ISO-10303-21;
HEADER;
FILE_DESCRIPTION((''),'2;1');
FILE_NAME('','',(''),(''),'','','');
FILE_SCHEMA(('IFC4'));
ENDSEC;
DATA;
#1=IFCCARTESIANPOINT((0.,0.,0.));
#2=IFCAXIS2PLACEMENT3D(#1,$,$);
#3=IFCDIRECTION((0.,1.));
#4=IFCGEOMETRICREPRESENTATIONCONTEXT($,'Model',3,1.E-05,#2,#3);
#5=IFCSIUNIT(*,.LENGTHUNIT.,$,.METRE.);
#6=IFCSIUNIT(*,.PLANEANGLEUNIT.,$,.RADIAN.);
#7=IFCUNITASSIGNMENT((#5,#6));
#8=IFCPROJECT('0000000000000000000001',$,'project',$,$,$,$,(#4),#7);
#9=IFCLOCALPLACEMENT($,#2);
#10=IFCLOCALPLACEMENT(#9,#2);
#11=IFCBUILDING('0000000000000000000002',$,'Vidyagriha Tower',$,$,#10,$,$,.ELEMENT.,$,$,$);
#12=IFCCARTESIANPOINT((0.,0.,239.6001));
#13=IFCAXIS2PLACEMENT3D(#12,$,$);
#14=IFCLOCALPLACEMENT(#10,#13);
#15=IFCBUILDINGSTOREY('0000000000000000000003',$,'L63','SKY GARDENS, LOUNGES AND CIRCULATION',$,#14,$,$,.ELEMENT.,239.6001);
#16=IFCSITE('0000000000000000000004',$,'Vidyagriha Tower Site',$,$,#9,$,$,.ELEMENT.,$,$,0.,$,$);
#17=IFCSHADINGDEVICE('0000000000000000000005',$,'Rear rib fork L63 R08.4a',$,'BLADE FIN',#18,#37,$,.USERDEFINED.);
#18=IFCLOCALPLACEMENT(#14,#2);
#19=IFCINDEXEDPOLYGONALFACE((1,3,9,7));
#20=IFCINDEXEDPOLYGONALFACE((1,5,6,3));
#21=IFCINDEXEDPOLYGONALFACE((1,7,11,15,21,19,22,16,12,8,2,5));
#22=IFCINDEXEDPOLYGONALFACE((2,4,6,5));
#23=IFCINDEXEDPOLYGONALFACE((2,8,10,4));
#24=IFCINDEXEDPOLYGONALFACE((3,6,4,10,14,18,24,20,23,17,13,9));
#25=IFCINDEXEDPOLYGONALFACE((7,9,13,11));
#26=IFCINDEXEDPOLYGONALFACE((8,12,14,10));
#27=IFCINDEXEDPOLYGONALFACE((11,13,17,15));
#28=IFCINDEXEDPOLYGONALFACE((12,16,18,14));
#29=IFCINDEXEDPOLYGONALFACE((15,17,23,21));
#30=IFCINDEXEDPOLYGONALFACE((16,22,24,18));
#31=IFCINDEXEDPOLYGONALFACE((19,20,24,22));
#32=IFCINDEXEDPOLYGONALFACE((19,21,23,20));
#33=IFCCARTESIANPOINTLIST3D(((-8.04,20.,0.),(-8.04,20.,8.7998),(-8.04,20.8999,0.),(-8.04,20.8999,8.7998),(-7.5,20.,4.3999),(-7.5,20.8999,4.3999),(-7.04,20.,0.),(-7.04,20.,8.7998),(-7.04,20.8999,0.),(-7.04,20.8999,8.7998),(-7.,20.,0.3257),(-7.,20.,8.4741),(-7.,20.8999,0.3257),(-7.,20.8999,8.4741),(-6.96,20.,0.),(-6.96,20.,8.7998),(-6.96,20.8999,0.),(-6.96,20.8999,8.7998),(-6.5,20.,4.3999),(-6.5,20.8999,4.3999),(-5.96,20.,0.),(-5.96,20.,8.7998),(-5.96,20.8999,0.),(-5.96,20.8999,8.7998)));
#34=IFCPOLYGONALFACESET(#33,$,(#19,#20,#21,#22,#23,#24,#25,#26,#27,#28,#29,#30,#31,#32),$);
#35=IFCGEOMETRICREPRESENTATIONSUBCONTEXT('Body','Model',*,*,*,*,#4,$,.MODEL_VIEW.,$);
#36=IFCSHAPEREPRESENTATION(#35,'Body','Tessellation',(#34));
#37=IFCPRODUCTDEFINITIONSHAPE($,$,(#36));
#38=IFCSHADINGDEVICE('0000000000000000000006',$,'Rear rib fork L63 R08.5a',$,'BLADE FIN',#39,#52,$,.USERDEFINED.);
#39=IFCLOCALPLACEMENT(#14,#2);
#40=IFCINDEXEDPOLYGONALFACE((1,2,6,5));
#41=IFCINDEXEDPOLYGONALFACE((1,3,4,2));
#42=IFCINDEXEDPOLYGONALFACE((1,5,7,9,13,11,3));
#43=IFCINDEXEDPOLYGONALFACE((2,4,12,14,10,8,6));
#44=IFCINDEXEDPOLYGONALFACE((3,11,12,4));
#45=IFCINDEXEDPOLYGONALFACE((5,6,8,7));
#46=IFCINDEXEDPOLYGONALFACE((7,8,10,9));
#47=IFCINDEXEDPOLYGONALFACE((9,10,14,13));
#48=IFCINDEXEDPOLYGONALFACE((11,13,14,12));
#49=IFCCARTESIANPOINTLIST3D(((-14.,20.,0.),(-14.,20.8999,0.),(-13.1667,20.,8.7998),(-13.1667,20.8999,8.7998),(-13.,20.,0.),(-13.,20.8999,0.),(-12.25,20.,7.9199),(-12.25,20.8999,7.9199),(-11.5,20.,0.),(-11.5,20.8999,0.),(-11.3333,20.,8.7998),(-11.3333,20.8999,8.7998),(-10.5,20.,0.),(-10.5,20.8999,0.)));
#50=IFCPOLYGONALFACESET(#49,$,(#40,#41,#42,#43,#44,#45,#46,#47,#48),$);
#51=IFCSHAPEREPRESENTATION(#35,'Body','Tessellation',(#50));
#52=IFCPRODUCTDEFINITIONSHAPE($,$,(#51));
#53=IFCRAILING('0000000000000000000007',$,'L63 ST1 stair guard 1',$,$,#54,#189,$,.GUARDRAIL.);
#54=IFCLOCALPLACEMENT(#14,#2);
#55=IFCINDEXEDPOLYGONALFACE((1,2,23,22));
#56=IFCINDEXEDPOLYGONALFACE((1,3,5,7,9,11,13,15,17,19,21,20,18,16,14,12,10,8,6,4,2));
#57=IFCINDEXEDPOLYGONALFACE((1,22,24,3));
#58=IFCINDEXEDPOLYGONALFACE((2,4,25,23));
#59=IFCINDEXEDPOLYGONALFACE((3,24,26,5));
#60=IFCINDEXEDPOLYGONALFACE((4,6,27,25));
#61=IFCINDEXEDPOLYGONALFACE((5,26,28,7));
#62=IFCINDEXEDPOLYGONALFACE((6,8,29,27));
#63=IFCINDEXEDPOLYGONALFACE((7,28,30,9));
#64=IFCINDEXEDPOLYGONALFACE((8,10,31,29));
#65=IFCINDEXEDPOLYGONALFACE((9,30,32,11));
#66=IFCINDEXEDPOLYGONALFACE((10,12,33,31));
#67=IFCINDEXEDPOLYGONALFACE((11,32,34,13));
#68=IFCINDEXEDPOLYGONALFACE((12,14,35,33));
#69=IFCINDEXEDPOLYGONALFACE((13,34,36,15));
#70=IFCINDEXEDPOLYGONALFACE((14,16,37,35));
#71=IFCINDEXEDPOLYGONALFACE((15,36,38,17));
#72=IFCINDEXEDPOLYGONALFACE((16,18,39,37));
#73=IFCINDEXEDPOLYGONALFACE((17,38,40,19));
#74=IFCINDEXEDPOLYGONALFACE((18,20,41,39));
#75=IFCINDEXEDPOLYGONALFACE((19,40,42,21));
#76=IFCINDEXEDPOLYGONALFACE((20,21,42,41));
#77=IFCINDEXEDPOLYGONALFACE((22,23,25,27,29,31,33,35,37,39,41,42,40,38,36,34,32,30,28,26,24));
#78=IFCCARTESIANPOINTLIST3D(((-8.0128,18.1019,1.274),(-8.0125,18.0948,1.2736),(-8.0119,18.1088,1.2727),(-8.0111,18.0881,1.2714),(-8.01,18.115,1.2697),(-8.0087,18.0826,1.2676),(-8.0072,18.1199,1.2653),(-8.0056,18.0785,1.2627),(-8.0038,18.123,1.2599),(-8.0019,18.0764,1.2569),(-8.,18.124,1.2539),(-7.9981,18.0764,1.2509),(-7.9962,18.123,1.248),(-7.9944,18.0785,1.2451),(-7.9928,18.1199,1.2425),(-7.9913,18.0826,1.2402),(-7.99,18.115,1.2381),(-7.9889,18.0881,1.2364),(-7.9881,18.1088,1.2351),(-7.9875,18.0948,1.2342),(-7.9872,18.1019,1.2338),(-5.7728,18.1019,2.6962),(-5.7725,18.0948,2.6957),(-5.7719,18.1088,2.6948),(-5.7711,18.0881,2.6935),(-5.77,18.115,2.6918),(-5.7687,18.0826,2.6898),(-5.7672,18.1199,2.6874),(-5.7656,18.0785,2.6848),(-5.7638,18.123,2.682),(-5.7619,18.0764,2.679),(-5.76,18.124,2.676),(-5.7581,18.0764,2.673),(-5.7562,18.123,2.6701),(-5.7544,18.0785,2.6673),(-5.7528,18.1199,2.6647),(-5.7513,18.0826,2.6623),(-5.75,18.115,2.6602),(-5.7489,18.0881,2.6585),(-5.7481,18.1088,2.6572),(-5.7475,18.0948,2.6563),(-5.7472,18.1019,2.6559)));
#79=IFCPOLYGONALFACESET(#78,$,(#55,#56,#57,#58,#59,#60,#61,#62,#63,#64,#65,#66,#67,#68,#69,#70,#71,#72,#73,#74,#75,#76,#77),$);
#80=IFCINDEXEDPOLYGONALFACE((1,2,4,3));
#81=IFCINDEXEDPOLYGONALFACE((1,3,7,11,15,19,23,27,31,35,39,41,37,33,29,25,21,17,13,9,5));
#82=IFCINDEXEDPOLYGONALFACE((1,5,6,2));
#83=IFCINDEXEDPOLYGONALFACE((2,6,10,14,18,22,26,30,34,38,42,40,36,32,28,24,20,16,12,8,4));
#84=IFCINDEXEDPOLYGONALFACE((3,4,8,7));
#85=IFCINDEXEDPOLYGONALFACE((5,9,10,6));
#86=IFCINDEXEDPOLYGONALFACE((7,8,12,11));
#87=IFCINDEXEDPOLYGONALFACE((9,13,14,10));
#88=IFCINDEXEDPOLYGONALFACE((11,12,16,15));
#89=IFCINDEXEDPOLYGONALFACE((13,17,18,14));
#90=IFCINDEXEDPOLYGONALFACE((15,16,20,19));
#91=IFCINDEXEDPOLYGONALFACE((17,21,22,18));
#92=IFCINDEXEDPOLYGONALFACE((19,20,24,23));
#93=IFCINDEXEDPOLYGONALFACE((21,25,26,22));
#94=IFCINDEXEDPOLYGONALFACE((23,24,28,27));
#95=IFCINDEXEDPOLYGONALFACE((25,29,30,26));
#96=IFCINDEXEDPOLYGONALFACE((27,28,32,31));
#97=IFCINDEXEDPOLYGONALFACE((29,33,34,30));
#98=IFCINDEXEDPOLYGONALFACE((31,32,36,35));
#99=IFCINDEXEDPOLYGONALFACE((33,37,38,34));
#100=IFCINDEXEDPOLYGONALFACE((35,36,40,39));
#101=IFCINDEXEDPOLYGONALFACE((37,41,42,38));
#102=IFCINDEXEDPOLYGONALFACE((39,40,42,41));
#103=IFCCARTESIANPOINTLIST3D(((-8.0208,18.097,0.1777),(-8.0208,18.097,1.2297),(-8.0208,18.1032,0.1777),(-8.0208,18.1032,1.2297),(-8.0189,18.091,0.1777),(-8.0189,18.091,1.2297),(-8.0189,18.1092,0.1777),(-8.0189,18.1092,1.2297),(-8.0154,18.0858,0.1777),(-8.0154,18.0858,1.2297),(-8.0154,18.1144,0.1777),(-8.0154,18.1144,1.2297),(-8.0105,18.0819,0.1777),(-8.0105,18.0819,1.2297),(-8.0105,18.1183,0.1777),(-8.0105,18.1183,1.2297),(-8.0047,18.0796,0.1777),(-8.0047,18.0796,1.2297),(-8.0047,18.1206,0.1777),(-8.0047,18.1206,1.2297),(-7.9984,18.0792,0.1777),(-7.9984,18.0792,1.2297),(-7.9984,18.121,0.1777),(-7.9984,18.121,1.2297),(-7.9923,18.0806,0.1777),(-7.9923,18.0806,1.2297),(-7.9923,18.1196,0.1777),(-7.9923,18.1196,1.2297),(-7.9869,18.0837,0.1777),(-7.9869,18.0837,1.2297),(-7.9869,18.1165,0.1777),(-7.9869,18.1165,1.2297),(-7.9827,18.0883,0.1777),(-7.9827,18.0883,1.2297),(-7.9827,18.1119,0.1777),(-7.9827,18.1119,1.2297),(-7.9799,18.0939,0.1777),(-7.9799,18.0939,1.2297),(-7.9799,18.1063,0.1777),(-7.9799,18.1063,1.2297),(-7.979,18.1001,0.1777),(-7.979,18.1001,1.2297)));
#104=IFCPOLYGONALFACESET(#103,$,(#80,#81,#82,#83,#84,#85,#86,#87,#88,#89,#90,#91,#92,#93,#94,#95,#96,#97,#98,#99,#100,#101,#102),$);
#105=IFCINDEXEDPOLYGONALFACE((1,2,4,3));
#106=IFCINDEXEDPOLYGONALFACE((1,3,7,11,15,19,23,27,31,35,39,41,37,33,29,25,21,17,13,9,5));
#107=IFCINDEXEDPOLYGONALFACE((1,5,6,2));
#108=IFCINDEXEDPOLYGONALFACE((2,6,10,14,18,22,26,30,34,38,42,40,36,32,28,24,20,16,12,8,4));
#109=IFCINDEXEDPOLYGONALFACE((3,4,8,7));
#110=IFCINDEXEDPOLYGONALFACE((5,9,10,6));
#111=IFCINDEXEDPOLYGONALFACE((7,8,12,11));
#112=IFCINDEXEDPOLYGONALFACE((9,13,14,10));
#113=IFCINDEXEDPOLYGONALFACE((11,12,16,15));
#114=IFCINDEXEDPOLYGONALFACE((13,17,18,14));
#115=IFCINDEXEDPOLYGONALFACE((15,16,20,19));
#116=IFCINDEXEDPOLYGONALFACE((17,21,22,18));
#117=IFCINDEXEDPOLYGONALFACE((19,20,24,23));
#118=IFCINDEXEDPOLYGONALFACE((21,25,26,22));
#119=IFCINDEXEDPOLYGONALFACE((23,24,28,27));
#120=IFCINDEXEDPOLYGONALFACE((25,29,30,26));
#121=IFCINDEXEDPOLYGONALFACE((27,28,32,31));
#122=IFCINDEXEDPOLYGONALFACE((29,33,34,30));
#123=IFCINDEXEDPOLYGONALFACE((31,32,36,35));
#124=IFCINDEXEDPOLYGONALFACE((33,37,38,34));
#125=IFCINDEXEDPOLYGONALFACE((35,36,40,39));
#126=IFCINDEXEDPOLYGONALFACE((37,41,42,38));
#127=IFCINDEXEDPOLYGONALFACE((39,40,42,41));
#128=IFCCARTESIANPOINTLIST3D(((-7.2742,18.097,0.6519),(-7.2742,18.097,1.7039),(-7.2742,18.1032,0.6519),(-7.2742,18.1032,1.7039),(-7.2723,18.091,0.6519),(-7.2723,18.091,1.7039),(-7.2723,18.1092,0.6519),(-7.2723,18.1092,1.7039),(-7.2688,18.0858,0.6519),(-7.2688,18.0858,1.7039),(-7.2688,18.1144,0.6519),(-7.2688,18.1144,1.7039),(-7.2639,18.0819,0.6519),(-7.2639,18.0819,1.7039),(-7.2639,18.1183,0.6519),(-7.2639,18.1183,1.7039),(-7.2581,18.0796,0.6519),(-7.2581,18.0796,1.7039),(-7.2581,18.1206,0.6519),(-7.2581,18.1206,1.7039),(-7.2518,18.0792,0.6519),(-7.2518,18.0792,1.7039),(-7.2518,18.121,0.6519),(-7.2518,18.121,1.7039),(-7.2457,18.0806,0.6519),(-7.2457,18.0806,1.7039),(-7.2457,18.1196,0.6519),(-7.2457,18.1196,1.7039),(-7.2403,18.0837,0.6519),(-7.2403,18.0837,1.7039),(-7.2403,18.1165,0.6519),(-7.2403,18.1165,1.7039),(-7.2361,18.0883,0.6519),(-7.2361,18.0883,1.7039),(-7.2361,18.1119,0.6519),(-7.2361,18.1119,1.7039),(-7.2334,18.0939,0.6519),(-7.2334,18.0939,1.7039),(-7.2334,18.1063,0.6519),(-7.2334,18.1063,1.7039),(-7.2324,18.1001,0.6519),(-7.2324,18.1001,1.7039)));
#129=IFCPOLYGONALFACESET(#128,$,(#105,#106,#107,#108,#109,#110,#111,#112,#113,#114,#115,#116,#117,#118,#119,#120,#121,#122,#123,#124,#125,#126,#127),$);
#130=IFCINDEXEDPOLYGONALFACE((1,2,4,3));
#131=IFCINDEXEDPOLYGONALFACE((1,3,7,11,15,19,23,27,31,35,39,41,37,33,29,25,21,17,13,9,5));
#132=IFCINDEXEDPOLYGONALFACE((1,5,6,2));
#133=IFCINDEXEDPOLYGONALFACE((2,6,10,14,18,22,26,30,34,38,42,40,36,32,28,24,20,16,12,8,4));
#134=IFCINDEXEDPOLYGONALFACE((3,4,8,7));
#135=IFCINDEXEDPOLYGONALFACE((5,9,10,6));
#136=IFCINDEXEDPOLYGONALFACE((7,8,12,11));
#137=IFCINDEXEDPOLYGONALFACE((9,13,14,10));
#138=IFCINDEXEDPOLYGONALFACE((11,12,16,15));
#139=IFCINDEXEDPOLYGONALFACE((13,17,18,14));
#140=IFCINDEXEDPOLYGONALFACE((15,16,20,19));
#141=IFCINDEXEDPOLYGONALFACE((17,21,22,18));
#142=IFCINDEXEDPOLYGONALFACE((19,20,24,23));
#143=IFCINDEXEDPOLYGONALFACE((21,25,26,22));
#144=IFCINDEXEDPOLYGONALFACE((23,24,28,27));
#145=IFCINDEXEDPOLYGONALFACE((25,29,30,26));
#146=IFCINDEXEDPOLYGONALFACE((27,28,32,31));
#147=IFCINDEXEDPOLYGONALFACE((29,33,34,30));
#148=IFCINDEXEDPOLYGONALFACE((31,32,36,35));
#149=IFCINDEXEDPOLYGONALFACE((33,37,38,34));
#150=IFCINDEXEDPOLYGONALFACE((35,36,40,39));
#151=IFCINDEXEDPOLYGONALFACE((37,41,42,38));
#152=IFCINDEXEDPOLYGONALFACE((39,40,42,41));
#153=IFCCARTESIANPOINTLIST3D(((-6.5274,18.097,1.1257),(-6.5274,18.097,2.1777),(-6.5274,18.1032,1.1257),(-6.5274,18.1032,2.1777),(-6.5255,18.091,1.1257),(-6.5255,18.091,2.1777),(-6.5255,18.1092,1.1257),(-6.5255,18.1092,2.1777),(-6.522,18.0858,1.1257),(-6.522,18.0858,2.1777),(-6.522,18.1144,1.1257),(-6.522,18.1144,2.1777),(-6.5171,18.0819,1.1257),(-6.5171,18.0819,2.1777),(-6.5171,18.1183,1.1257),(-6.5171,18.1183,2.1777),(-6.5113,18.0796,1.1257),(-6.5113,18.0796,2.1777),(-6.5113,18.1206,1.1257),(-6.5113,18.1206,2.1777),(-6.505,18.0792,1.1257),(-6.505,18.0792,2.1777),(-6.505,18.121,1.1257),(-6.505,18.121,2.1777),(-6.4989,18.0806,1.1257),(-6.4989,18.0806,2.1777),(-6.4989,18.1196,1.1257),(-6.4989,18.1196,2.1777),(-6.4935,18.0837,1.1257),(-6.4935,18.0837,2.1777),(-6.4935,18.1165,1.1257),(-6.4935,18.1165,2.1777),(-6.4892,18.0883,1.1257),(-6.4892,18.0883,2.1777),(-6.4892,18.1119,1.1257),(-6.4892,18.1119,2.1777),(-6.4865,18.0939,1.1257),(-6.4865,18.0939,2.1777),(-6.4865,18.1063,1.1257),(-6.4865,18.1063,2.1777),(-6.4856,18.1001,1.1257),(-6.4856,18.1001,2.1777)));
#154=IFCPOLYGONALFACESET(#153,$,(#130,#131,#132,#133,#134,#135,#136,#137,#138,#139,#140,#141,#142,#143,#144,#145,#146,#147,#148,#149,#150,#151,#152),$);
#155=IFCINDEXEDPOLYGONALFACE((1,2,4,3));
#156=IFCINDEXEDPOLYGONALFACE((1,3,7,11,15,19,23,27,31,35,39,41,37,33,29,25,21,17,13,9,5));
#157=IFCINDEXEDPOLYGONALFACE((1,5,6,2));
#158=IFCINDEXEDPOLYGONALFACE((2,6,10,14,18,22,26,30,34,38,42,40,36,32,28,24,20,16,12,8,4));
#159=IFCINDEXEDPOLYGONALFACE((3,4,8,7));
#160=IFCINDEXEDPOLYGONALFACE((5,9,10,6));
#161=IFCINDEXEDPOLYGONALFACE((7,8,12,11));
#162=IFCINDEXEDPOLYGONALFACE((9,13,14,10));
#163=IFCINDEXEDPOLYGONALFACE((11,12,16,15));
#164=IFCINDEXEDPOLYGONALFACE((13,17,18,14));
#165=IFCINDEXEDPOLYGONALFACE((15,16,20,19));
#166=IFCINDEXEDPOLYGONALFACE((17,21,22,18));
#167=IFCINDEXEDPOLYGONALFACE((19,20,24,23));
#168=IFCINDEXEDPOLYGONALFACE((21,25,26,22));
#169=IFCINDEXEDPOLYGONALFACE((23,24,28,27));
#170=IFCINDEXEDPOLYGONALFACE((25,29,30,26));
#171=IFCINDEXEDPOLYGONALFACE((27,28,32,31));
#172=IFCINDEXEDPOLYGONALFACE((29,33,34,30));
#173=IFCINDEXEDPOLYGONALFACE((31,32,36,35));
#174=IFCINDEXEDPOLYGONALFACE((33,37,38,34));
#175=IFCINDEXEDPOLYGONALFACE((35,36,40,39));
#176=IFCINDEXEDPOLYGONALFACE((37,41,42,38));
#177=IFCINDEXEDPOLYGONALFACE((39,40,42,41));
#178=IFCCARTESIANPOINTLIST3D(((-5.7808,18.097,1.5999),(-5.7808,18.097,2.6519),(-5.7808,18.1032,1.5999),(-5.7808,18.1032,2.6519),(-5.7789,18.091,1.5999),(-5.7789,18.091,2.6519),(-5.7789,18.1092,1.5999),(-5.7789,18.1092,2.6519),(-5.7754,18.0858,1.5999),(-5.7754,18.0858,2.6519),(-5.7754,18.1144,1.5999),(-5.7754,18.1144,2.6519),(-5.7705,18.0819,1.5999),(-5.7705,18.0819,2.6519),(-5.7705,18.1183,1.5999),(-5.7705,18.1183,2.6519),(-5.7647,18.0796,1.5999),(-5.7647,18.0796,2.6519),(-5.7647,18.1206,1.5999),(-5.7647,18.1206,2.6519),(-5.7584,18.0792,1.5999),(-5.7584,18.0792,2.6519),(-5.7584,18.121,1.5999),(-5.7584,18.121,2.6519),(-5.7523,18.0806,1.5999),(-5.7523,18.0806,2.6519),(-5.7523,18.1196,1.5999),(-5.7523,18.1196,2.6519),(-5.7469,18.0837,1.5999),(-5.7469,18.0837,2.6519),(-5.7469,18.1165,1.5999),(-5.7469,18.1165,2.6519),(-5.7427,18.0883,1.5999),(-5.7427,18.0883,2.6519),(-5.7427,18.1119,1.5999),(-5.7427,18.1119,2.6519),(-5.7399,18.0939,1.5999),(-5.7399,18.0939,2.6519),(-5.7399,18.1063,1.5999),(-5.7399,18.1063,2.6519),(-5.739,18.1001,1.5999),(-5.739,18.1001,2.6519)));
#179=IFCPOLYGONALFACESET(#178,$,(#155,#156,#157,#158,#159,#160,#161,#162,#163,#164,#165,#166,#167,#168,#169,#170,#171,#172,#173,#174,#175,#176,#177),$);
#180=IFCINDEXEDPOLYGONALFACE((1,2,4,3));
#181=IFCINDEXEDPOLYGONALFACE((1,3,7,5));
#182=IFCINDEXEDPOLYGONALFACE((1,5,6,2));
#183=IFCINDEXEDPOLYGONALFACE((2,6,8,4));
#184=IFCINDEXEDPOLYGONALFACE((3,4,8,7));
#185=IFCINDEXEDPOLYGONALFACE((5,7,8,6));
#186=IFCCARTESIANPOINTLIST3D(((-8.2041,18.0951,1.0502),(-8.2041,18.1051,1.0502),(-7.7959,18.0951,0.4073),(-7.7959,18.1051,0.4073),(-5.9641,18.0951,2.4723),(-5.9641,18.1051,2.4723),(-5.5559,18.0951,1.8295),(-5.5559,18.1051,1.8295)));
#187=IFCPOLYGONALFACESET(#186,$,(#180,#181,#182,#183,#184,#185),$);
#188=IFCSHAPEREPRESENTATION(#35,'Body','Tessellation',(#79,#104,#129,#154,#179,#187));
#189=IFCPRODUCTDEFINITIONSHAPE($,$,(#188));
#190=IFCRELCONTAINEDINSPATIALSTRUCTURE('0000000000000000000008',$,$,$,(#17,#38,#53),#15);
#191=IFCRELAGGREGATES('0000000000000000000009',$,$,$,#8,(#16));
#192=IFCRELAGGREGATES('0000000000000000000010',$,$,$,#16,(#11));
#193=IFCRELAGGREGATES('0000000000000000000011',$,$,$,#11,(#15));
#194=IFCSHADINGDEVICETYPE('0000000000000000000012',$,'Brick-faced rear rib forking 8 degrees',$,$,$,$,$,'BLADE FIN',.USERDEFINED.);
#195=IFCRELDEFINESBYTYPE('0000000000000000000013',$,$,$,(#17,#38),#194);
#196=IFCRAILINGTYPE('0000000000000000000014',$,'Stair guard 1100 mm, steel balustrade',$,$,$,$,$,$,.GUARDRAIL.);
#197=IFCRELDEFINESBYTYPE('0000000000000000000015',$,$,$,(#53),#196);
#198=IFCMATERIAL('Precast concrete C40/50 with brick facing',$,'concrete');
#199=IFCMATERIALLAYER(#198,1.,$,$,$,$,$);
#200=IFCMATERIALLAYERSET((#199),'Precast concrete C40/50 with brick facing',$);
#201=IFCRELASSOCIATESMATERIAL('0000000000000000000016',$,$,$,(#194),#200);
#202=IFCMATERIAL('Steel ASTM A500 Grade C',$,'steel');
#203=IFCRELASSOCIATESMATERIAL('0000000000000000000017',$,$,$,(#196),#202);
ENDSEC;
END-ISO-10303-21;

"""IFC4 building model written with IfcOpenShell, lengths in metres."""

from ifc_helpers import new_model, si_unit, direction, frame, origin, origin_2d, place, context, subcontext, project, spatial, polyline, rectangle, circle, outline, extrude, material, layer, layer_set, type_object, element, save


model = new_model("IFC4")

# Units and contexts
model_context = context("Model", 3, precision=1e-05, world=origin(), true_north=direction((0.0, 1.0)))
body_context = subcontext(model_context, "Body", "Model", "MODEL_VIEW")
ifc_project = project(units=[si_unit("LENGTHUNIT", "METRE"), si_unit("PLANEANGLEUNIT", "RADIAN")], contexts=[model_context])

# Site, building, storey
site_placement = place(None, origin())
site = spatial("IfcSite", under=ifc_project, at=site_placement, Name="Vidyagriha Tower Site", CompositionType="ELEMENT", RefElevation=0.0)
building_placement = place(site_placement, origin())
building = spatial("IfcBuilding", under=site, at=building_placement, Name="Vidyagriha Tower", CompositionType="ELEMENT")
storey_placement = place(building_placement, frame((0.0, 0.0, 239.6001)))
storey = spatial("IfcBuildingStorey", under=building, at=storey_placement, Name="L63", Description="SKY GARDENS, LOUNGES AND CIRCULATION", CompositionType="ELEMENT", Elevation=239.6001)

# Shading devices
ifc_material_1 = material(Name="Precast concrete C40/50 with brick facing", Category="concrete")
ifc_layer_1 = layer(ifc_material_1, 1.0)
ifc_layer_set_1 = layer_set([ifc_layer_1], Name="Precast concrete C40/50 with brick facing")
shading_device_type_1 = type_object("IfcShadingDeviceType", Name="Brick-faced rear rib forking 8 degrees", ElementType="BLADE FIN", PredefinedType="USERDEFINED", material=ifc_layer_set_1)
shading_device_1_placement = place(storey_placement, frame((-5.96, 20.45, 0.0), z_axis=(0.0, 0.0, 1.0), x_axis=(-1.0, 0.0, 0.0)))
element("IfcShadingDevice", 1, at=shading_device_1_placement, inside=storey, type_object=shading_device_type_1, Name="Rear rib fork L63 R08.4a", ObjectType="BLADE FIN", PredefinedType="USERDEFINED", context=body_context, shape_type="SweptSolid", body=[
    extrude(outline(polyline([(1.0, 0.0), (1.04, 0.3257), (1.0801, 0.0), (2.0801, 0.0), (1.54, 4.3999), (2.0801, 8.7998), (1.0801, 8.7998), (1.04, 8.4741), (1.0, 8.7998), (0.0, 8.7998), (0.54, 4.3999), (0.0, 0.0), (1.0, 0.0)])), frame((0.0, 0.45, 0.0), z_axis=(0.0, -1.0, 0.0), x_axis=(1.0, 0.0, 0.0)), (0.0, 0.0, 1.0), 0.8999),
])
shading_device_2_placement = place(storey_placement, frame((-10.5, 20.45, 0.0), z_axis=(0.0, 0.0, 1.0), x_axis=(-1.0, 0.0, 0.0)))
element("IfcShadingDevice", 2, at=shading_device_2_placement, inside=storey, type_object=shading_device_type_1, Name="Rear rib fork L63 R08.5a", ObjectType="BLADE FIN", PredefinedType="USERDEFINED", context=body_context, shape_type="SweptSolid", body=[
    extrude(outline(polyline([(1.0, 0.0), (1.75, 7.9199), (2.5, 0.0), (3.5, 0.0), (2.6667, 8.7998), (0.8333, 8.7998), (0.0, 0.0), (1.0, 0.0)])), frame((0.0, 0.45, 0.0), z_axis=(0.0, -1.0, 0.0), x_axis=(1.0, 0.0, 0.0)), (0.0, 0.0, 1.0), 0.8999),
])

# Railing
ifc_material_2 = material(Name="Steel ASTM A500 Grade C", Category="steel")
railing_type_1 = type_object("IfcRailingType", Name="Stair guard 1100 mm, steel balustrade", PredefinedType="GUARDRAIL", material=ifc_material_2)
railing_1_placement = place(storey_placement, frame((-8.0, 18.1001, 0.1777)))
element("IfcRailing", 3, at=railing_1_placement, inside=storey, type_object=railing_type_1, Name="L63 ST1 stair guard 1", PredefinedType="GUARDRAIL", context=body_context, shape_type="SweptSolid", body=[
    extrude(circle(Radius=0.0239, at=origin_2d()), frame((0.0, 0.0, 1.0762), z_axis=(0.844229, 0.0, 0.535982), x_axis=(0.0, 1.0, 0.0)), (0.0, 0.0, 1.0), 2.6533),
    extrude(circle(Radius=0.021, at=origin_2d()), origin(), (0.0, 0.0, 1.0), 1.052),
    extrude(circle(Radius=0.021, at=origin_2d()), frame((0.7466, 0.0, 0.4741)), (0.0, 0.0, 1.0), 1.052),
    extrude(circle(Radius=0.021, at=origin_2d()), frame((1.4934, 0.0, 0.948)), (0.0, 0.0, 1.0), 1.052),
    extrude(circle(Radius=0.021, at=origin_2d()), frame((2.24, 0.0, 1.4221)), (0.0, 0.0, 1.0), 1.052),
    extrude(rectangle(XDim=0.01, YDim=0.7615, at=origin_2d()), frame((0.0, 0.0, 0.551), z_axis=(0.844229, 0.0, 0.535982), x_axis=(0.0, 1.0, 0.0)), (0.0, 0.0, 1.0), 2.6533),
])

save(model, "model.ifc")
